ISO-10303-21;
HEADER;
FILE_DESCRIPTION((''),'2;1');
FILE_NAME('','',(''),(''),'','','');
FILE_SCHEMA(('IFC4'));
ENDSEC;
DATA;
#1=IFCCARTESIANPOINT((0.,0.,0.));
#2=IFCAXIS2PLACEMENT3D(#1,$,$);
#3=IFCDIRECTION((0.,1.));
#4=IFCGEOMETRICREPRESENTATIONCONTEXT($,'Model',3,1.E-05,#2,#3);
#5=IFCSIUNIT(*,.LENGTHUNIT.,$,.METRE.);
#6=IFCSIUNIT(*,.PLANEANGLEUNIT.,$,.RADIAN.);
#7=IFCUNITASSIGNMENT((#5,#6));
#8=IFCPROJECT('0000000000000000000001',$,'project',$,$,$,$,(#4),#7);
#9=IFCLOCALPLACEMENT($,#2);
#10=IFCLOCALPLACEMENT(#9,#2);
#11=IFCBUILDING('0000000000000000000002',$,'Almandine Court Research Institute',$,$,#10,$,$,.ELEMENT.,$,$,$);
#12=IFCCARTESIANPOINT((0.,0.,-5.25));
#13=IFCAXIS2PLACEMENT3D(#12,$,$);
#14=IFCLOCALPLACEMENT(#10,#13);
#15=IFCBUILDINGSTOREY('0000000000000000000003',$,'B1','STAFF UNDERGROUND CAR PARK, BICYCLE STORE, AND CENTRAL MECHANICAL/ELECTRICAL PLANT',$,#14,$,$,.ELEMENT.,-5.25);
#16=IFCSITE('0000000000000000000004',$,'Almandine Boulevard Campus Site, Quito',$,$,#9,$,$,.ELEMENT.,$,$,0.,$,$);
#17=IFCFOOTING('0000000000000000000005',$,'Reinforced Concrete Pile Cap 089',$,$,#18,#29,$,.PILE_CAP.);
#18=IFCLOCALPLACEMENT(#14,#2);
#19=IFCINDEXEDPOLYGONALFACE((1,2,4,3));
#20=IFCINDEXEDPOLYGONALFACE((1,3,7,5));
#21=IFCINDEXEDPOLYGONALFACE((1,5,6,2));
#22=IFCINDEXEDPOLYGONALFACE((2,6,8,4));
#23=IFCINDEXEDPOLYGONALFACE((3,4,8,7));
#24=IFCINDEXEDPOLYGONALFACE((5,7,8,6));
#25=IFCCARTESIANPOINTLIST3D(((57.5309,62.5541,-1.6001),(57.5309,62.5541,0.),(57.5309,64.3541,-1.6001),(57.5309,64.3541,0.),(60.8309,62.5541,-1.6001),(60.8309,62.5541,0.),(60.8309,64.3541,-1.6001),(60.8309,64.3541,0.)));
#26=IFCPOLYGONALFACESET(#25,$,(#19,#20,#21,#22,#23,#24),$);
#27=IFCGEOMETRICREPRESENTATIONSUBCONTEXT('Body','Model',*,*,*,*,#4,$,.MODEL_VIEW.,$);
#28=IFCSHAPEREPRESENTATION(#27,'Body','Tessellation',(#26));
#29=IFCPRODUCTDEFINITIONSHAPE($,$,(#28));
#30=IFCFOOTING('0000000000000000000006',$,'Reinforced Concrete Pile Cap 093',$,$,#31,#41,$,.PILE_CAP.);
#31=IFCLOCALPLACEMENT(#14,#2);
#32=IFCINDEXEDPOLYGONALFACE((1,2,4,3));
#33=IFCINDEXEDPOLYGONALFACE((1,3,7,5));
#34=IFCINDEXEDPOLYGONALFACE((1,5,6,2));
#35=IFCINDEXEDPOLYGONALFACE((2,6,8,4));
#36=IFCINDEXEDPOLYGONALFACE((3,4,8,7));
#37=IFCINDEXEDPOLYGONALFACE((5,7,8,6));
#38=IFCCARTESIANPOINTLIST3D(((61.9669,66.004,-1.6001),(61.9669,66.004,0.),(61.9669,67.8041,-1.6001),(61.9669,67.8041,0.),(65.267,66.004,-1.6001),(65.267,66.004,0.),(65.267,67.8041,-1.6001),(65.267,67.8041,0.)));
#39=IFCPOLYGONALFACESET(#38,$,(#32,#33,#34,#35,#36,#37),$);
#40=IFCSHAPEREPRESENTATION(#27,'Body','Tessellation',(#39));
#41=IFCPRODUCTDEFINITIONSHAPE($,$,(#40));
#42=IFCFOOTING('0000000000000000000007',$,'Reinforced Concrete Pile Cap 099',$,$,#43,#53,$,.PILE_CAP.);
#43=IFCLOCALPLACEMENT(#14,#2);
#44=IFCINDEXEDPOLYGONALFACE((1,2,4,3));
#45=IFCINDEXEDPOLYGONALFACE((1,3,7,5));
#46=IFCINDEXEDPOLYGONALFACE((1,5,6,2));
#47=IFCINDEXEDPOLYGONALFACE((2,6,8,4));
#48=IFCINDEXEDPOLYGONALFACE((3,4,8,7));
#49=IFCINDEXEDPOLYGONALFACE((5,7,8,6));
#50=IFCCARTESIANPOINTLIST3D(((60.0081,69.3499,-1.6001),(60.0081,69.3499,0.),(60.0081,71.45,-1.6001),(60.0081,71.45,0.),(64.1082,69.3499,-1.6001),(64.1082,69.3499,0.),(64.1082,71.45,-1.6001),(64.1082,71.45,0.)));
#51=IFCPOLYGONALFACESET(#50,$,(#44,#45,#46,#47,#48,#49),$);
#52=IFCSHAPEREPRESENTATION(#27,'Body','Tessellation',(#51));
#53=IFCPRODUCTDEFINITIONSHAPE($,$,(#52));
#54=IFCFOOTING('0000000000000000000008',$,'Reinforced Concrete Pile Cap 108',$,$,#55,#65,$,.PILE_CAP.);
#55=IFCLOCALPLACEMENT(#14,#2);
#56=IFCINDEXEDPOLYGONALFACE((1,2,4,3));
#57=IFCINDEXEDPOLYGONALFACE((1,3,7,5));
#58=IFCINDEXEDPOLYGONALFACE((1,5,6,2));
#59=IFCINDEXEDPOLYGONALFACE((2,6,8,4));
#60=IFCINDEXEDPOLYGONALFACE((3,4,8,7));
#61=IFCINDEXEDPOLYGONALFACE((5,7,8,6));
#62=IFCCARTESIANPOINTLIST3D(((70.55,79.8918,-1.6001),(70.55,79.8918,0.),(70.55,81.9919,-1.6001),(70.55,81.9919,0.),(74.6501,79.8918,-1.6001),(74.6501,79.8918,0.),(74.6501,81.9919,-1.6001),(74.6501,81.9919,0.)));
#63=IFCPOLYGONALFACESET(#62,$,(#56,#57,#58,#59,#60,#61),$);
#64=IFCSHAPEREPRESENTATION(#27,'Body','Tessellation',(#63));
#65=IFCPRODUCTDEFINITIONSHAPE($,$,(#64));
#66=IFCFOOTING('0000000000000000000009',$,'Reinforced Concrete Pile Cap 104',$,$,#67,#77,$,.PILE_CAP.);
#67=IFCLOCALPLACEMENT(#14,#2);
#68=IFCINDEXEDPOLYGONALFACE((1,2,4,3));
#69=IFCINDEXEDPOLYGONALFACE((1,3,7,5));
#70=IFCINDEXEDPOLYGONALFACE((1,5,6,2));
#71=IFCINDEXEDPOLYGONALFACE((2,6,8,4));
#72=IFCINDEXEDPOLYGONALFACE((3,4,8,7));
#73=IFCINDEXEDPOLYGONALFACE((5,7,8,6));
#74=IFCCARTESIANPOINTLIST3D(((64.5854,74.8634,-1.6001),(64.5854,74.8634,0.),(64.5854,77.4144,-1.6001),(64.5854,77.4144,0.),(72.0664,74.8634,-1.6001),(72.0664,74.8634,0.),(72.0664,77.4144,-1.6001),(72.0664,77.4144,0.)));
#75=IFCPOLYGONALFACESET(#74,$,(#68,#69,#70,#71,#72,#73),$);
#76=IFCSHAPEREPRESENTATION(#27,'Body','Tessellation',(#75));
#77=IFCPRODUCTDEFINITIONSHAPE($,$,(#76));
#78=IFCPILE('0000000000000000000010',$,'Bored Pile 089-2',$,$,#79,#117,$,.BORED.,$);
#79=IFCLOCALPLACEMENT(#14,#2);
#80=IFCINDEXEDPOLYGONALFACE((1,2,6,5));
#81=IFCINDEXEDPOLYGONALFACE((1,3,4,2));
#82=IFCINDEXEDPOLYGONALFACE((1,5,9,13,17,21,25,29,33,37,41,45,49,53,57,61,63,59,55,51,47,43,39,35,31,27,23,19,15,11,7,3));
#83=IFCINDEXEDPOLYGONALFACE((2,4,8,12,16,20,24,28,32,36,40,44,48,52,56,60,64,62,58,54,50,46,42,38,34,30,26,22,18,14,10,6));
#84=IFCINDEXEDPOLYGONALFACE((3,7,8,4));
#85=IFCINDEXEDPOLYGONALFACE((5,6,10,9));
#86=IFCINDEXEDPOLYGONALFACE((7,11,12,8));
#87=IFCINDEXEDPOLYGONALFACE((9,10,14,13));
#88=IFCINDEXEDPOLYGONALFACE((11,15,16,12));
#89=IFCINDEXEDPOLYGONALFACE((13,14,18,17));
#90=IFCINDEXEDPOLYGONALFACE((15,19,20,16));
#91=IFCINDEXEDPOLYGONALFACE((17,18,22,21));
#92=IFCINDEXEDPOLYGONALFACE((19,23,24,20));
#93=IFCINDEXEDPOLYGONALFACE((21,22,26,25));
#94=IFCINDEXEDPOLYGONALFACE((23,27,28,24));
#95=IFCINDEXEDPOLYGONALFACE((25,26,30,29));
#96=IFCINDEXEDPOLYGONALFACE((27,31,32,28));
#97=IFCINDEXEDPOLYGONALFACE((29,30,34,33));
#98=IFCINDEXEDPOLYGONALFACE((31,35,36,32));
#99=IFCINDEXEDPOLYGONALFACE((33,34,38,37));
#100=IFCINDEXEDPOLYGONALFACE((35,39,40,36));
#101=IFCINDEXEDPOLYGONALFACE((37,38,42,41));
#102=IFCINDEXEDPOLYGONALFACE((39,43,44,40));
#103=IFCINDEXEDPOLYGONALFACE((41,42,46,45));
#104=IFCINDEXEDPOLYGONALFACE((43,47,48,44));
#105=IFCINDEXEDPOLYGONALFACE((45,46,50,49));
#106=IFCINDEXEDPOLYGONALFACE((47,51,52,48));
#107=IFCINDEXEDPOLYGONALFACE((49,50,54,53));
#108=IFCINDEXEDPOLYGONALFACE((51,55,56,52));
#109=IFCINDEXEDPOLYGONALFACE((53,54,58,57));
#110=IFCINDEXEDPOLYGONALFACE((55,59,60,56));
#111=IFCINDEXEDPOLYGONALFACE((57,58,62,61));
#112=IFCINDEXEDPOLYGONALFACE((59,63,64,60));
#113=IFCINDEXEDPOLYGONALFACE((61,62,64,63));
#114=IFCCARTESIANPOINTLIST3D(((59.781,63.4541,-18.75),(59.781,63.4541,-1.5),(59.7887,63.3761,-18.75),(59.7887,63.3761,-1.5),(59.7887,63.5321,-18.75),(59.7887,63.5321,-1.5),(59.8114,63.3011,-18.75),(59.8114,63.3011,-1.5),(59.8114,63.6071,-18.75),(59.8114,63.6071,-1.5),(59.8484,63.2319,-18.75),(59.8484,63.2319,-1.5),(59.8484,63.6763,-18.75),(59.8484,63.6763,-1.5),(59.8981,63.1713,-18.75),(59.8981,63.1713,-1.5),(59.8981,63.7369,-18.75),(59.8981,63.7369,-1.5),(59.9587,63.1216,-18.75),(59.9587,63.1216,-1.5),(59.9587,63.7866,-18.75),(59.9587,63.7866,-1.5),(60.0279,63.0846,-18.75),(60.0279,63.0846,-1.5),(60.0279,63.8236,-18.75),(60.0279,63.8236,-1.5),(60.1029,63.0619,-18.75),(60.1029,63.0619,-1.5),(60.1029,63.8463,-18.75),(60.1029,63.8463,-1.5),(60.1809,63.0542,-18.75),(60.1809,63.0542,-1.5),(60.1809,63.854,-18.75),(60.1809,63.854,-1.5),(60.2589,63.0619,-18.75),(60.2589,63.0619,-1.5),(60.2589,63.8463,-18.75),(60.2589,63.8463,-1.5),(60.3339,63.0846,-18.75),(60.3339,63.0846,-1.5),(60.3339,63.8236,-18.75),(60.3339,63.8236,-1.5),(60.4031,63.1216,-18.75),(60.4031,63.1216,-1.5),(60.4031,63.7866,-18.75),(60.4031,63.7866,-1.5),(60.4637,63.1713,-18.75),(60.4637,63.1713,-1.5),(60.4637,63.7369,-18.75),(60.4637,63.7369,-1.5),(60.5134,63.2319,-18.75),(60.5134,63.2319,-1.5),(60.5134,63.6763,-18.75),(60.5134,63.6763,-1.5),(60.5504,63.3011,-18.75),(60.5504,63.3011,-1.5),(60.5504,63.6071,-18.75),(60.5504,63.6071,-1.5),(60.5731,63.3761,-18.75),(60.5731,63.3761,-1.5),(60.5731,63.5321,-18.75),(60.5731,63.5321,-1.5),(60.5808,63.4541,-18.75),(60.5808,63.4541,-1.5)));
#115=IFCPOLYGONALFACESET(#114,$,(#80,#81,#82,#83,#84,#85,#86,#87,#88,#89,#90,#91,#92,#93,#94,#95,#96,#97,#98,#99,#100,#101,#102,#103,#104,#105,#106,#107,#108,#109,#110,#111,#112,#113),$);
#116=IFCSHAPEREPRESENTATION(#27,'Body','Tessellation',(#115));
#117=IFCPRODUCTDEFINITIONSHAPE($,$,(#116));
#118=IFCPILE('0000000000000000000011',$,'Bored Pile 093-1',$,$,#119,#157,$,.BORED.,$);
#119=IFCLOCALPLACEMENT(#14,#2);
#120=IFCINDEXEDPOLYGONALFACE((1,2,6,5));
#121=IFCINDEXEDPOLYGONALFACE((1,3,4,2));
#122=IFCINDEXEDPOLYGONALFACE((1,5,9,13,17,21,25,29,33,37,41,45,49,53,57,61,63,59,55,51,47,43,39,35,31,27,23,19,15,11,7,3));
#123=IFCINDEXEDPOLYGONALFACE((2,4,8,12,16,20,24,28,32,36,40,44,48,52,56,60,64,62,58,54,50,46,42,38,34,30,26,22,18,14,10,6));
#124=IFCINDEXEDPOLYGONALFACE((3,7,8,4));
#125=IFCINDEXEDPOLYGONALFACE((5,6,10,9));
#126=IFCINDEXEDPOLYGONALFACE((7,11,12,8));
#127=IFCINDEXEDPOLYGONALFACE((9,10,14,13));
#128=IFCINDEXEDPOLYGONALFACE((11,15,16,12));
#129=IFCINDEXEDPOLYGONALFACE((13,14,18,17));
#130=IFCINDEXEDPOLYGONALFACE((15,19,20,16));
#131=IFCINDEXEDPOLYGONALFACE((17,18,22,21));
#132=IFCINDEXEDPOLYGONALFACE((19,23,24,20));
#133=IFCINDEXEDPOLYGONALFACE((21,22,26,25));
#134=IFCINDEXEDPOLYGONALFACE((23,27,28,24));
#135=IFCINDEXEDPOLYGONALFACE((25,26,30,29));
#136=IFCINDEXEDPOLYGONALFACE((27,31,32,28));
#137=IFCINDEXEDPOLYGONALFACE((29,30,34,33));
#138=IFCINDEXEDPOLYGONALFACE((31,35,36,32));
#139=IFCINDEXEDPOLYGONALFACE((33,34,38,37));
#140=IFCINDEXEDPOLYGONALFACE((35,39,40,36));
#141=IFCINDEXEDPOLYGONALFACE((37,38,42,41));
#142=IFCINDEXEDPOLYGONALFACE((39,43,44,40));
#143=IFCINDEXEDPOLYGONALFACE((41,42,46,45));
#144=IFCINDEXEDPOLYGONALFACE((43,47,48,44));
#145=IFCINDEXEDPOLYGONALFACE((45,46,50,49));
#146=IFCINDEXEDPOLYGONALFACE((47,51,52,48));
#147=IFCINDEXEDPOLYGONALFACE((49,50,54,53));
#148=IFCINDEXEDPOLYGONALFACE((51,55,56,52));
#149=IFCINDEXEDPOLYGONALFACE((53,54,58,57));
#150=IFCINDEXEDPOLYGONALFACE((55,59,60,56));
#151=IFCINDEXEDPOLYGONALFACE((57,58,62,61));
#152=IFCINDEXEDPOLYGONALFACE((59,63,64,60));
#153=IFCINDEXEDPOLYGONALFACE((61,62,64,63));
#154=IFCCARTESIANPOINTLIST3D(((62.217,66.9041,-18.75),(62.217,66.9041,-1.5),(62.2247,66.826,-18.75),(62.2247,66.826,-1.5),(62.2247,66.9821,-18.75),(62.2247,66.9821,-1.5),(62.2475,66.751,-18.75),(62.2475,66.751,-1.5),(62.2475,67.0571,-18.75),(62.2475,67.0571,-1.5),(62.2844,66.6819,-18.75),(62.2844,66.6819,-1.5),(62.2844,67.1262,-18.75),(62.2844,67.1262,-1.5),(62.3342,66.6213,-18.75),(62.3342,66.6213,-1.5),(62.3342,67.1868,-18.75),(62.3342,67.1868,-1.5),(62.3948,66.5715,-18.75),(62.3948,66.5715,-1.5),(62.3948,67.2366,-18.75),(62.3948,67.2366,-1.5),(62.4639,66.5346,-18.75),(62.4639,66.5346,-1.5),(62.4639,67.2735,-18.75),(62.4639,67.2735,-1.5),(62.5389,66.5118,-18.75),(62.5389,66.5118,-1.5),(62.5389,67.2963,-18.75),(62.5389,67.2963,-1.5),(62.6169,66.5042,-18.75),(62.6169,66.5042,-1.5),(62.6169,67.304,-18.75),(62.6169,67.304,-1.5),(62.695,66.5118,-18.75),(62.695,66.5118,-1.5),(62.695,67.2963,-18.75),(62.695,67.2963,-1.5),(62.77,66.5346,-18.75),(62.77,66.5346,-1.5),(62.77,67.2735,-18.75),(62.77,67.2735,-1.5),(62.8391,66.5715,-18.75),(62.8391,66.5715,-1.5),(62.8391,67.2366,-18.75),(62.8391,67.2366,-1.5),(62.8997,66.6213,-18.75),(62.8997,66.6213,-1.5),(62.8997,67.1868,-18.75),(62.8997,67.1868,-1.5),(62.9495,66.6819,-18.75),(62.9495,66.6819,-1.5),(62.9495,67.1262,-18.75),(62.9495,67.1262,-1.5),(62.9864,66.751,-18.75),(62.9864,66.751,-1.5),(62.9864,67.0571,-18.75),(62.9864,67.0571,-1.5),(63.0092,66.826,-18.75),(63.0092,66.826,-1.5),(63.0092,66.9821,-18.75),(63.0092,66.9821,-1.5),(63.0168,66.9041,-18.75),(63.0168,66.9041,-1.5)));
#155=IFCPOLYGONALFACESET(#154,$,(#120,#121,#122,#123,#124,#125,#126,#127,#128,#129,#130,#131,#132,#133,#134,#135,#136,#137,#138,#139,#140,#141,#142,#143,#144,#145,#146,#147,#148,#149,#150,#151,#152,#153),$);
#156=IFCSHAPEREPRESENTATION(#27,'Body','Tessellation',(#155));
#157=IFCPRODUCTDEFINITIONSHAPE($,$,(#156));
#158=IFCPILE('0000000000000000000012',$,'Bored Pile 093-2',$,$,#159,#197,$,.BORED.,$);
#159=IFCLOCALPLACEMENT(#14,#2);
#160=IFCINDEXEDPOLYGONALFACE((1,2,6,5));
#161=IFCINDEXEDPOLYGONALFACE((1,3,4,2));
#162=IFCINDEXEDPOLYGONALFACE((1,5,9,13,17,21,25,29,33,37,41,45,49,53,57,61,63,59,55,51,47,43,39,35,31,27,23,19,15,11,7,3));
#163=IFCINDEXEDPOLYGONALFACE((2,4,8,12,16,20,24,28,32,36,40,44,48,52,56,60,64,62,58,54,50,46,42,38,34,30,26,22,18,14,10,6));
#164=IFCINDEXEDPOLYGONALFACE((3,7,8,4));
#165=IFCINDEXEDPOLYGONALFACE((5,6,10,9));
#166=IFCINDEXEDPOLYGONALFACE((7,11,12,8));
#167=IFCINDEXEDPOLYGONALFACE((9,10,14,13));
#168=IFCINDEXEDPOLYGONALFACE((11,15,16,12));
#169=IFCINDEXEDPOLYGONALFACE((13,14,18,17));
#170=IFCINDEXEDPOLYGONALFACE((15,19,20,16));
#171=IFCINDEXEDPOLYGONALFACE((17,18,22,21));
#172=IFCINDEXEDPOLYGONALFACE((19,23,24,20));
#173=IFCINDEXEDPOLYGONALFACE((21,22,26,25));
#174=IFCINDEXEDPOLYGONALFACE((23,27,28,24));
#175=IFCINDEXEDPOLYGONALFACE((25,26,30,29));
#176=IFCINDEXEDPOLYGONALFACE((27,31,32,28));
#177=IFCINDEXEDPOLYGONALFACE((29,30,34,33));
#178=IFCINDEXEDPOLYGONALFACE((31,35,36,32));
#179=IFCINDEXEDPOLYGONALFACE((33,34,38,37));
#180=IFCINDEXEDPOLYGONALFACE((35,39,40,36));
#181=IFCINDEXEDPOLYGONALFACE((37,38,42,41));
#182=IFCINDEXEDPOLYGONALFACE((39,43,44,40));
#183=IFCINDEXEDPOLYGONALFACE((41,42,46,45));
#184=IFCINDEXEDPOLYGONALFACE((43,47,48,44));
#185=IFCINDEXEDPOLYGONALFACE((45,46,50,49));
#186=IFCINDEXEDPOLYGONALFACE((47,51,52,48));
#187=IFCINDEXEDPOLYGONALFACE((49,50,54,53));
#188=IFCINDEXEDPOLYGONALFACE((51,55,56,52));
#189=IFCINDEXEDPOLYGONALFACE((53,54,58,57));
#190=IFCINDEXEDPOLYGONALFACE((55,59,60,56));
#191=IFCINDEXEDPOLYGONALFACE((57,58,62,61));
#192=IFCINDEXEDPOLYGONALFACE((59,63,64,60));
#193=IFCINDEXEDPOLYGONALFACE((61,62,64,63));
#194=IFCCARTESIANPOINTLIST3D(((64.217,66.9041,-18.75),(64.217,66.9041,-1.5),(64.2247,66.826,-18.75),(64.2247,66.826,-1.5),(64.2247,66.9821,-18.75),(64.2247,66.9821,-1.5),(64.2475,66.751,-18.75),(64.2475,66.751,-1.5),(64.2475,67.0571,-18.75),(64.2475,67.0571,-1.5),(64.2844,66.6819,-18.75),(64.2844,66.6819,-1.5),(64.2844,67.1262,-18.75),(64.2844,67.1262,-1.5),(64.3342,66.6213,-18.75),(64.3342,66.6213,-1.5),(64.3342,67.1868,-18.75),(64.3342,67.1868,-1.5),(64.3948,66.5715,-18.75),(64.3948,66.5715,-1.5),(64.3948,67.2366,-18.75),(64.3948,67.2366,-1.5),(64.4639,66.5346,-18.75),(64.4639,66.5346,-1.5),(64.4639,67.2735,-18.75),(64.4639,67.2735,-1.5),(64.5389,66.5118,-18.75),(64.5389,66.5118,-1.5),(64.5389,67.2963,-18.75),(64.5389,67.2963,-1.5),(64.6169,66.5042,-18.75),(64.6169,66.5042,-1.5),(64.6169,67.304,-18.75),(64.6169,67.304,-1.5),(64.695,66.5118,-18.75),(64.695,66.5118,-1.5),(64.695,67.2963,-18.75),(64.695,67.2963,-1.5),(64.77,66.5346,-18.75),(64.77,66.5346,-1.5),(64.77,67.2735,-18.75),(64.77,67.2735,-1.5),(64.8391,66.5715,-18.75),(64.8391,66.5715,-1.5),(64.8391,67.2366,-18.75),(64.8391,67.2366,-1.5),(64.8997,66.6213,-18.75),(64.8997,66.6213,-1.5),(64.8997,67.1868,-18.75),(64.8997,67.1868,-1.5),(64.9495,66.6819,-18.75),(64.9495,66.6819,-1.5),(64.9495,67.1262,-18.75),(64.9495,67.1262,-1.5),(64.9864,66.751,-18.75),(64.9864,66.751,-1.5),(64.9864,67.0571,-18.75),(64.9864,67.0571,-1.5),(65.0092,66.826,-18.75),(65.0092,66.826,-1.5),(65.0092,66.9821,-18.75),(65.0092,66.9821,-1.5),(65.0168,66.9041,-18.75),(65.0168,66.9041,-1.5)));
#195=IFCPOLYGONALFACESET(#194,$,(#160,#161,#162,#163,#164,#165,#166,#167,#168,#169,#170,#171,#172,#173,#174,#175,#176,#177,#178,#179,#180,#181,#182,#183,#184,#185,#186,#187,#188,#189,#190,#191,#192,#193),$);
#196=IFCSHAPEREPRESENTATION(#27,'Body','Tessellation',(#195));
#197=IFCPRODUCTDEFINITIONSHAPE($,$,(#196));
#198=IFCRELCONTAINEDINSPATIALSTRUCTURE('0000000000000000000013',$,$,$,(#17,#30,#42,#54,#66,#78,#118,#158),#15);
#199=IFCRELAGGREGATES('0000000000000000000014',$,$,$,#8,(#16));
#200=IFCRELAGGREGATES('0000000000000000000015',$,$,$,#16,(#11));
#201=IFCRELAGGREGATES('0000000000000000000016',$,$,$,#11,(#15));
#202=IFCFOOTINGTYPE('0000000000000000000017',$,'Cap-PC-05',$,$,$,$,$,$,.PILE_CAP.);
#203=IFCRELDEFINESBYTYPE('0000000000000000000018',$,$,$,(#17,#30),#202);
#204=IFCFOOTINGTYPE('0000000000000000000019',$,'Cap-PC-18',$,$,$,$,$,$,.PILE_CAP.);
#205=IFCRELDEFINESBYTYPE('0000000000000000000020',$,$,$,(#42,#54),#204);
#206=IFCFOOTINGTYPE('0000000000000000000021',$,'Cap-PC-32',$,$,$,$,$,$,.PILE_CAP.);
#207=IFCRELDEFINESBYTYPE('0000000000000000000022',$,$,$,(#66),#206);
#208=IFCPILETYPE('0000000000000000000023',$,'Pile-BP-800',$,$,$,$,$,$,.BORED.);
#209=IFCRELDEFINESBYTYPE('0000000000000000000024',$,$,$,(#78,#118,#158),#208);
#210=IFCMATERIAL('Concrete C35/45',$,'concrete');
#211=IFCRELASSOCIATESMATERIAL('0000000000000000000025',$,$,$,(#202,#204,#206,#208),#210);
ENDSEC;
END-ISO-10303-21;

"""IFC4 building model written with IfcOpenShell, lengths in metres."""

from ifc_helpers import new_model, si_unit, direction, frame, origin, origin_2d, place, context, subcontext, project, spatial, rectangle, circle, extrude, material, material_profile, profile_set, type_object, element, save


model = new_model("IFC4")

# Units and contexts
model_context = context("Model", 3, precision=1e-05, world=origin(), true_north=direction((0.0, 1.0)))
body_context = subcontext(model_context, "Body", "Model", "MODEL_VIEW")
ifc_project = project(units=[si_unit("LENGTHUNIT", "METRE"), si_unit("PLANEANGLEUNIT", "RADIAN")], contexts=[model_context])

# Site, building, storey
site_placement = place(None, origin())
site = spatial("IfcSite", under=ifc_project, at=site_placement, Name="Almandine Boulevard Campus Site, Quito", CompositionType="ELEMENT", RefElevation=0.0)
building_placement = place(site_placement, origin())
building = spatial("IfcBuilding", under=site, at=building_placement, Name="Almandine Court Research Institute", CompositionType="ELEMENT")
storey_placement = place(building_placement, frame((0.0, 0.0, -5.25)))
storey = spatial("IfcBuildingStorey", under=building, at=storey_placement, Name="B1", Description="STAFF UNDERGROUND CAR PARK, BICYCLE STORE, AND CENTRAL MECHANICAL/ELECTRICAL PLANT", CompositionType="ELEMENT", Elevation=-5.25)

# Footings
ifc_material_1 = material(Name="Concrete C35/45", Category="concrete")
footing_type_1 = type_object("IfcFootingType", Name="Cap-PC-05", PredefinedType="PILE_CAP", material=ifc_material_1)
for number, where, z_axis, x_axis, name in (
    (1, (59.1809, 63.4541, -1.6001), (0.0, 0.0, 1.0), (1.0, 0.0, 0.0), "Reinforced Concrete Pile Cap 089"),
    (2, (63.6169, 66.9041, -1.6001), (0.0, 0.0, 1.0), (1.0, 0.0, 0.0), "Reinforced Concrete Pile Cap 093"),
):
    element("IfcFooting", number, at=place(storey_placement, frame(where, z_axis=z_axis, x_axis=x_axis)), inside=storey, type_object=footing_type_1, Name=name, PredefinedType="PILE_CAP", context=body_context, shape_type="SweptSolid", body=[
        extrude(rectangle(XDim=3.3, YDim=1.8, at=origin_2d()), origin(), (0.0, 0.0, 1.0), 1.6001),
    ])
footing_type_2 = type_object("IfcFootingType", Name="Cap-PC-18", PredefinedType="PILE_CAP", material=ifc_material_1)
for number, where, z_axis, x_axis, name in (
    (3, (62.0581, 70.3999, -1.6001), (0.0, 0.0, 1.0), (1.0, 0.0, 0.0), "Reinforced Concrete Pile Cap 099"),
    (4, (72.6001, 80.9419, -1.6001), (0.0, 0.0, 1.0), (1.0, 0.0, 0.0), "Reinforced Concrete Pile Cap 108"),
):
    element("IfcFooting", number, at=place(storey_placement, frame(where, z_axis=z_axis, x_axis=x_axis)), inside=storey, type_object=footing_type_2, Name=name, PredefinedType="PILE_CAP", context=body_context, shape_type="SweptSolid", body=[
        extrude(rectangle(XDim=4.1001, YDim=2.1001, at=origin_2d()), origin(), (0.0, 0.0, 1.0), 1.6001),
    ])
footing_type_3 = type_object("IfcFootingType", Name="Cap-PC-32", PredefinedType="PILE_CAP", material=ifc_material_1)
footing_1_placement = place(storey_placement, frame((68.3259, 76.1389, -1.6001), z_axis=(0.0, 0.0, 1.0), x_axis=(1.0, 0.0, 0.0)))
element("IfcFooting", 5, at=footing_1_placement, inside=storey, type_object=footing_type_3, Name="Reinforced Concrete Pile Cap 104", PredefinedType="PILE_CAP", context=body_context, shape_type="SweptSolid", body=[
    extrude(rectangle(XDim=7.481, YDim=2.551, at=origin_2d()), origin(), (0.0, 0.0, 1.0), 1.6001),
])

# Piles
ifc_material_profile_1 = material_profile(ifc_material_1, circle(Radius=0.3999, at=origin_2d()), Name="BORED PILE D800")
ifc_profile_set_1 = profile_set([ifc_material_profile_1], Name="Concrete C35/45")
pile_type = type_object("IfcPileType", Name="Pile-BP-800", PredefinedType="BORED", material=ifc_profile_set_1)
for number, where, z_axis, x_axis, name in (
    (6, (60.1809, 63.4541, -1.5), (0.0, 0.0, -1.0), (1.0, 0.0, 0.0), "Bored Pile 089-2"),
    (7, (62.6169, 66.9041, -1.5), (0.0, 0.0, -1.0), (1.0, 0.0, 0.0), "Bored Pile 093-1"),
    (8, (64.6169, 66.9041, -1.5), (0.0, 0.0, -1.0), (1.0, 0.0, 0.0), "Bored Pile 093-2"),
):
    element("IfcPile", number, at=place(storey_placement, frame(where, z_axis=z_axis, x_axis=x_axis)), inside=storey, type_object=pile_type, Name=name, PredefinedType="BORED", context=body_context, shape_type="SweptSolid", body=[
        extrude(circle(Radius=0.3999, at=origin_2d()), origin(), (0.0, 0.0, 1.0), 17.25),
    ])

save(model, "model.ifc")
